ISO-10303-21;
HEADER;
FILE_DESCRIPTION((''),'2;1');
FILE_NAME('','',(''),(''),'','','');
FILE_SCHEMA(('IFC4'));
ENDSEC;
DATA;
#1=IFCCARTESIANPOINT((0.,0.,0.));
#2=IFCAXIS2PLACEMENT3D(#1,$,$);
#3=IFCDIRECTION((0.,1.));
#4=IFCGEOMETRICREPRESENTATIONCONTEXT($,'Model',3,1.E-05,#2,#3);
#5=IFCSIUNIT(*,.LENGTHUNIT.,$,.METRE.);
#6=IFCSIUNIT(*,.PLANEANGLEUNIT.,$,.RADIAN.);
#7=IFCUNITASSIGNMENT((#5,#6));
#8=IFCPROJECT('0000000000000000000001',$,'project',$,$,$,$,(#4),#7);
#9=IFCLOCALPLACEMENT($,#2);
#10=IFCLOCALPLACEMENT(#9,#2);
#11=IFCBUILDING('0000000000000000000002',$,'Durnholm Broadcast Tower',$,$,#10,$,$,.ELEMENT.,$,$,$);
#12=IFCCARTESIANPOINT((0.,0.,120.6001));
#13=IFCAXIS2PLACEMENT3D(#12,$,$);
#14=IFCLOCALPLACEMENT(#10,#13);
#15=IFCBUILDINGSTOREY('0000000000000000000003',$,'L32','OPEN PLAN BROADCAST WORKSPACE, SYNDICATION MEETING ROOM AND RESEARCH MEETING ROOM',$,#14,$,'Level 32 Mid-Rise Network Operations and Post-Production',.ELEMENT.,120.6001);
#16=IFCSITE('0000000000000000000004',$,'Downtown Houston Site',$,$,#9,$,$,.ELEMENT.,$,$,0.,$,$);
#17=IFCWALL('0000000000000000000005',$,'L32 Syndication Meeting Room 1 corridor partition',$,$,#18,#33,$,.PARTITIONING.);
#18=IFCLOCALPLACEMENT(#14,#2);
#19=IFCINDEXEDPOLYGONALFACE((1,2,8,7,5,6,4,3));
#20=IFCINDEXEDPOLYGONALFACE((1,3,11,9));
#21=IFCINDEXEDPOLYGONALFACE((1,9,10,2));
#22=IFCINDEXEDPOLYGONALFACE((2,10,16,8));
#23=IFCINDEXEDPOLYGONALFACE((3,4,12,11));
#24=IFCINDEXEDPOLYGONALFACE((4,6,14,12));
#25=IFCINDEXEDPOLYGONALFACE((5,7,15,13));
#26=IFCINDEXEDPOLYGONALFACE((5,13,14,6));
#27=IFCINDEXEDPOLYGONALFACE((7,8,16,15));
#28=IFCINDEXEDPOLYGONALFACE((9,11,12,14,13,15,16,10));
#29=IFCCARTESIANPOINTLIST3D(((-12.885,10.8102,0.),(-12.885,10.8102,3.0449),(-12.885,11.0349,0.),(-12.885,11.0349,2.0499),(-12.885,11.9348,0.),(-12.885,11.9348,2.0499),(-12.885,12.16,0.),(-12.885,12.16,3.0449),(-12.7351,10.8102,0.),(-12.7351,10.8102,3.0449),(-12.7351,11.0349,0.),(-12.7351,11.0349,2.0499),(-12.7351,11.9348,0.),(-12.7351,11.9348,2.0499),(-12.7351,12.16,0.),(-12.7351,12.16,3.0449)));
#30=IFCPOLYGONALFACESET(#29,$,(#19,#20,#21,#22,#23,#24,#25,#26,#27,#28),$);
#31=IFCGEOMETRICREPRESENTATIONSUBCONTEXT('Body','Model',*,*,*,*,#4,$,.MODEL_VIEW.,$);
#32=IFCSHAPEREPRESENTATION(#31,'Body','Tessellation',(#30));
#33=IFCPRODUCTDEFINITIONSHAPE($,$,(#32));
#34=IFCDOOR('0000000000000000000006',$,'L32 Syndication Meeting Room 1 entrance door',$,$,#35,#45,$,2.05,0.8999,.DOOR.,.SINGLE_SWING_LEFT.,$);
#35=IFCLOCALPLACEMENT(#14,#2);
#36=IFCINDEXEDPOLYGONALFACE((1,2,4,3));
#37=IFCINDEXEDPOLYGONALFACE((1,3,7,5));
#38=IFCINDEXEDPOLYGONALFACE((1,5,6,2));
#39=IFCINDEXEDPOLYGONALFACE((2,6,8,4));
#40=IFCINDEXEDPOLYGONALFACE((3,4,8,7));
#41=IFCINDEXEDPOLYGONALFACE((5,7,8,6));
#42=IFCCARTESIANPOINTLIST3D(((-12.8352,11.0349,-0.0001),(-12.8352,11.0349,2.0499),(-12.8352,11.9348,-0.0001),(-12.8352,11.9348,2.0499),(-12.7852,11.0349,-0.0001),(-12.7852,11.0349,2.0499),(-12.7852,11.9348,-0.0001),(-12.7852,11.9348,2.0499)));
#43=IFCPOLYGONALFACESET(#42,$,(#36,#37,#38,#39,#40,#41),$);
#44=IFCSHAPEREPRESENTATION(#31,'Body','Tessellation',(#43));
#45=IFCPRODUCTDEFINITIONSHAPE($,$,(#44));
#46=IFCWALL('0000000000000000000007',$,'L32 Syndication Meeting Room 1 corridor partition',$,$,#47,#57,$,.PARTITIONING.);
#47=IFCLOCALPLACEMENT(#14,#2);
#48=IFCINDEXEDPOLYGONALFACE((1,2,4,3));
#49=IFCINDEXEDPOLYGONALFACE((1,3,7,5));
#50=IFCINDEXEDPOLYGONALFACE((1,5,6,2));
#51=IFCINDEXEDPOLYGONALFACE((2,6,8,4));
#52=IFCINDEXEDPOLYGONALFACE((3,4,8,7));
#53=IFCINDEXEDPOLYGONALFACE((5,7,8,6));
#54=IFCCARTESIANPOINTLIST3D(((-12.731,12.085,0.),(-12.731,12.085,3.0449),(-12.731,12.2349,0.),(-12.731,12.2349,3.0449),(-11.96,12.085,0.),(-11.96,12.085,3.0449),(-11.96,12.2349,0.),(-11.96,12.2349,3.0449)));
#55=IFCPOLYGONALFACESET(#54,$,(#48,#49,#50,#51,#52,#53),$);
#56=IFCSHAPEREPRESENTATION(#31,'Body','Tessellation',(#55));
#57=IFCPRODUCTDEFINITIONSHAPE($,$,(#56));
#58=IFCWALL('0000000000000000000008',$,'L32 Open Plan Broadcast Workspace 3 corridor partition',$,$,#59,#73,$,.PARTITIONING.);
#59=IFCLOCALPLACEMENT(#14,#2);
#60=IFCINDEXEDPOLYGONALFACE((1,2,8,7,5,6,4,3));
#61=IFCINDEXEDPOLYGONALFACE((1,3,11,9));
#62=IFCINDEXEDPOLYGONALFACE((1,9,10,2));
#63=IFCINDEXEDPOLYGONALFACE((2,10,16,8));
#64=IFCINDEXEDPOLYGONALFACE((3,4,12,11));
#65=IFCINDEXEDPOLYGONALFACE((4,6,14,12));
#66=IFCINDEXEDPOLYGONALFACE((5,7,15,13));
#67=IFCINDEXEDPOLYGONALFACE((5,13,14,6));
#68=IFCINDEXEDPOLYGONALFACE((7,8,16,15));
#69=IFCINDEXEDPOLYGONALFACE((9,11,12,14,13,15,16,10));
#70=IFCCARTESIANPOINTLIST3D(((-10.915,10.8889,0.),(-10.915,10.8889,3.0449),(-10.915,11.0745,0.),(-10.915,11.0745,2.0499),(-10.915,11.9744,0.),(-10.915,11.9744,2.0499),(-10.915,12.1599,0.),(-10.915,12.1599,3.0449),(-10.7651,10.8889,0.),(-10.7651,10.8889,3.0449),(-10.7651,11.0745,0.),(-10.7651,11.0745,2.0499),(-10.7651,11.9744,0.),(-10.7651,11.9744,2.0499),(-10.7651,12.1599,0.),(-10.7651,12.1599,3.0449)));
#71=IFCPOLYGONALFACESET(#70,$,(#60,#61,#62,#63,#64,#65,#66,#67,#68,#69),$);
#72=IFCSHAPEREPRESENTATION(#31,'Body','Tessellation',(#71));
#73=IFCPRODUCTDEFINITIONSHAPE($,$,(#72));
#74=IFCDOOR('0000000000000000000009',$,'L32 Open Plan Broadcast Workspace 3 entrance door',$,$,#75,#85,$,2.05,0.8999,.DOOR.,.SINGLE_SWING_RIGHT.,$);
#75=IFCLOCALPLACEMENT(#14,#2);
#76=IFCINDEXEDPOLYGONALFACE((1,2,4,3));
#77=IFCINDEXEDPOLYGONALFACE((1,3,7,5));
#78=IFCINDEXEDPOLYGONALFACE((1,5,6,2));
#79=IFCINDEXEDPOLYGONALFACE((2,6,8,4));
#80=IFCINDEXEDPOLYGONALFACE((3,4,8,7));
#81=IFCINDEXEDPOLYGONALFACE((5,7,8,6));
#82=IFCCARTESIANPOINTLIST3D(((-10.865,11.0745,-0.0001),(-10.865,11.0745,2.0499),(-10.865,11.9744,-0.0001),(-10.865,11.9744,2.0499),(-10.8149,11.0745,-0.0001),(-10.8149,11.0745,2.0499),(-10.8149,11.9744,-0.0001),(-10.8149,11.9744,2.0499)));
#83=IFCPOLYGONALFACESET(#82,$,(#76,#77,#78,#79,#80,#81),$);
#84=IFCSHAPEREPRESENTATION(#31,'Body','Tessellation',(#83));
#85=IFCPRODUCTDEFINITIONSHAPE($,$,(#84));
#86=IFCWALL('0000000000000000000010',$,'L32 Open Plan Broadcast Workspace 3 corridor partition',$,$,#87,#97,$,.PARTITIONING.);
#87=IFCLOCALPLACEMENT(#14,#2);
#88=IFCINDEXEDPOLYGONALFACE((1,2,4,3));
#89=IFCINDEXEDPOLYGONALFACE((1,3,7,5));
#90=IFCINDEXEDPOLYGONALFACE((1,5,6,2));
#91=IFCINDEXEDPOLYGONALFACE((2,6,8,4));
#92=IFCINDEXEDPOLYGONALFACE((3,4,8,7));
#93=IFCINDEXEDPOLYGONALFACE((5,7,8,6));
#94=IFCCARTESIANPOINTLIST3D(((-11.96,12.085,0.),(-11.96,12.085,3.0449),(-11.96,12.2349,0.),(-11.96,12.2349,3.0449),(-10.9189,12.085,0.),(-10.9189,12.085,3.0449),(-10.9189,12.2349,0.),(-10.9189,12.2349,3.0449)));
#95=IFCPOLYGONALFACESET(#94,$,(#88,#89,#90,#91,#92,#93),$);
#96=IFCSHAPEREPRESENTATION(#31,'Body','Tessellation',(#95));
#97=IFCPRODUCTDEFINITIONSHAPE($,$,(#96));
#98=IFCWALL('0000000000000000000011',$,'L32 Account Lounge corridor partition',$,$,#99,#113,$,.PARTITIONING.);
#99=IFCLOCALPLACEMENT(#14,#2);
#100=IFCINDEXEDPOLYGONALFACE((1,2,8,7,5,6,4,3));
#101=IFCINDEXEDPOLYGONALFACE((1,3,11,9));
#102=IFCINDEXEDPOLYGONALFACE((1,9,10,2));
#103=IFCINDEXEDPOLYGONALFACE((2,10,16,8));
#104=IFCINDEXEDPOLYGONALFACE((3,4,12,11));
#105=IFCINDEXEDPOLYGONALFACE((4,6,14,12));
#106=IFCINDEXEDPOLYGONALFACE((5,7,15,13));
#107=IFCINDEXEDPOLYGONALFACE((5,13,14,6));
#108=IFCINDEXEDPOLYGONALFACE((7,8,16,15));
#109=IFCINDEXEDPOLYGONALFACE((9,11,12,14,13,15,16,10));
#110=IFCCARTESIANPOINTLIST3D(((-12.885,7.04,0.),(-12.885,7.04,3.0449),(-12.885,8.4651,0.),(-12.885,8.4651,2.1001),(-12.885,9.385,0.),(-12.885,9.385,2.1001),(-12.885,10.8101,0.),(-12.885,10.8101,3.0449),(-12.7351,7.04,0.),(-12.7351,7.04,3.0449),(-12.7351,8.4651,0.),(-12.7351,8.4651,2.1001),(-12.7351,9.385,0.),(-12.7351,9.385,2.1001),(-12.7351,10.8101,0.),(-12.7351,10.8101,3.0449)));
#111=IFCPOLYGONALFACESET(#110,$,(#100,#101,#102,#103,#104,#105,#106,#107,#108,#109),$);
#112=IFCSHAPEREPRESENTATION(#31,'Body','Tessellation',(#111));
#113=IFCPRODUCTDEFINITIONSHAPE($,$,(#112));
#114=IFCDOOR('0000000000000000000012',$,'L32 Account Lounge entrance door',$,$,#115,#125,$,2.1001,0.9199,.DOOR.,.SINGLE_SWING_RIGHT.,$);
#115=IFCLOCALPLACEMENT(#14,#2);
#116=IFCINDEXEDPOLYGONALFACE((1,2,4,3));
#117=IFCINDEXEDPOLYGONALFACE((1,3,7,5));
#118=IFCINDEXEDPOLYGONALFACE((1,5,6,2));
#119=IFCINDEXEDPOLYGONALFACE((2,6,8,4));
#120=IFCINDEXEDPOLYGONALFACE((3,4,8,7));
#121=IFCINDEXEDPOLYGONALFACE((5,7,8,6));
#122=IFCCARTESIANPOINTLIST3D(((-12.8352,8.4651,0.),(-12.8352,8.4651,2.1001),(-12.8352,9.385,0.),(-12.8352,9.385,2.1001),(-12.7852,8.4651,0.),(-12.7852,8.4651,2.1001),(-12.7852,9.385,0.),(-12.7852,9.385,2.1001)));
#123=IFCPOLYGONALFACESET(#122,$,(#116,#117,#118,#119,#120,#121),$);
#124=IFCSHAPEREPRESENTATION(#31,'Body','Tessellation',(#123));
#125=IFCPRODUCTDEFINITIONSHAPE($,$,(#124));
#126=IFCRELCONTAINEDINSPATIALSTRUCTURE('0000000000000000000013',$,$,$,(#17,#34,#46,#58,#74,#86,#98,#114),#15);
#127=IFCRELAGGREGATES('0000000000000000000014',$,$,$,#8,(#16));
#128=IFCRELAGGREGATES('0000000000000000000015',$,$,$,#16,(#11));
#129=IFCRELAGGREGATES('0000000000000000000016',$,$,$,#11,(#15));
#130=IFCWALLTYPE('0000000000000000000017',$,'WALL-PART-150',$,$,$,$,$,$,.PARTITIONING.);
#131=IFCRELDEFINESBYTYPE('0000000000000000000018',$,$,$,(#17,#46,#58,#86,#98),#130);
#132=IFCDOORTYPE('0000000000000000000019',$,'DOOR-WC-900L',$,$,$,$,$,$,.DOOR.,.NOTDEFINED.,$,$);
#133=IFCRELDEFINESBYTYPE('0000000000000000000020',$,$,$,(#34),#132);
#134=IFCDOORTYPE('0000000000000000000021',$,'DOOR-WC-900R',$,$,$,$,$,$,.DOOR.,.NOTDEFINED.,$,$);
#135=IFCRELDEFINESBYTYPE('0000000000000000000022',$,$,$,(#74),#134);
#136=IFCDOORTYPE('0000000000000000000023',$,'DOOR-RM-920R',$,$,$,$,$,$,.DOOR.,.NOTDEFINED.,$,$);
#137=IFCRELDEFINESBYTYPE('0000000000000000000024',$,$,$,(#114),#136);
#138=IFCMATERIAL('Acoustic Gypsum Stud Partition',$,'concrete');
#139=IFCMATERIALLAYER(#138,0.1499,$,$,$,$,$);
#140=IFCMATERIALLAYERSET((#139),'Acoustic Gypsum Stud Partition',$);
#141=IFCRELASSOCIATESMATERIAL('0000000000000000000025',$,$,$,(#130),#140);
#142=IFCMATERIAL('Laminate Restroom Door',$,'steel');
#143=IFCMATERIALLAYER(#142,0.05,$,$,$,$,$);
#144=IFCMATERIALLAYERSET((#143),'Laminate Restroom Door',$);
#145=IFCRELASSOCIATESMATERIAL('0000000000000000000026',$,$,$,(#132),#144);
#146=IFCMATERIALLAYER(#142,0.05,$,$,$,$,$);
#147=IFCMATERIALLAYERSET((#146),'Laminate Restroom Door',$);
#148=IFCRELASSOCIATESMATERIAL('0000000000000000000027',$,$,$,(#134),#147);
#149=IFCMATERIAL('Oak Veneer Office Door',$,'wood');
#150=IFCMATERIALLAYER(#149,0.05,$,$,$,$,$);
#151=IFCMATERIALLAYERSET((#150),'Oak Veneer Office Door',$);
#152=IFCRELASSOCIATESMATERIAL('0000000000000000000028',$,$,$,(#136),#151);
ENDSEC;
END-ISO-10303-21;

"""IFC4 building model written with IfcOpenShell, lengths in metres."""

from ifc_helpers import new_model, si_unit, direction, frame, frame_2d, origin, place, context, subcontext, project, spatial, rectangle, extrude, source, transform, mapped, material, layer, layer_set, type_object, type_shapes, element, fill, save


model = new_model("IFC4")

# Units and contexts
model_context = context("Model", 3, precision=1e-05, world=origin(), true_north=direction((0.0, 1.0)))
body_context = subcontext(model_context, "Body", "Model", "MODEL_VIEW")
ifc_project = project(units=[si_unit("LENGTHUNIT", "METRE"), si_unit("PLANEANGLEUNIT", "RADIAN")], contexts=[model_context])

# Site, building, storey
site_placement = place(None, origin())
site = spatial("IfcSite", under=ifc_project, at=site_placement, Name="Downtown Houston Site", CompositionType="ELEMENT", RefElevation=0.0)
building_placement = place(site_placement, origin())
building = spatial("IfcBuilding", under=site, at=building_placement, Name="Durnholm Broadcast Tower", CompositionType="ELEMENT")
storey_placement = place(building_placement, frame((0.0, 0.0, 120.6001)))
storey = spatial("IfcBuildingStorey", under=building, at=storey_placement, Name="L32", Description="OPEN PLAN BROADCAST WORKSPACE, SYNDICATION MEETING ROOM AND RESEARCH MEETING ROOM", LongName="Level 32 Mid-Rise Network Operations and Post-Production", CompositionType="ELEMENT", Elevation=120.6001)

# Wall, opening, door
ifc_material_1 = material(Name="Acoustic Gypsum Stud Partition", Category="concrete")
ifc_layer_1 = layer(ifc_material_1, 0.1499)
ifc_layer_set_1 = layer_set([ifc_layer_1], Name="Acoustic Gypsum Stud Partition")
wall_type_1 = type_object("IfcWallType", Name="WALL-PART-150", PredefinedType="PARTITIONING", material=ifc_layer_set_1)
wall_1_placement = place(storey_placement, frame((-12.8101, 12.1599, 0.0), z_axis=(0.0, 0.0, 1.0), x_axis=(0.0, -1.0, 0.0)))
wall_1 = element("IfcWall", 1, at=wall_1_placement, inside=storey, type_object=wall_type_1, Name="L32 Syndication Meeting Room 1 corridor partition", PredefinedType="PARTITIONING", context=body_context, shape_type="SweptSolid", body=[
    extrude(rectangle(XDim=1.3499, YDim=0.1499, at=frame_2d((0.6748, 0.0))), origin(), (0.0, 0.0, 1.0), 3.0449),
])
opening_1_placement = place(wall_1_placement, frame((0.2251, 0.0, 0.0)))
opening_1 = element("IfcOpeningElement", 2, at=opening_1_placement, cuts=wall_1, PredefinedType="OPENING", context=body_context, shape_type="SweptSolid", body=[
    extrude(rectangle(XDim=0.8999, YDim=2.05, at=frame_2d((0.45, 1.0249))), frame((0.0, 0.085, 0.0), z_axis=(0.0, -1.0, 0.0), x_axis=(1.0, 0.0, 0.0)), (0.0, 0.0, 1.0), 0.1699),
])
ifc_material_2 = material(Name="Laminate Restroom Door", Category="steel")
ifc_layer_2 = layer(ifc_material_2, 0.05)
ifc_layer_set_2 = layer_set([ifc_layer_2], Name="Laminate Restroom Door")
door_type_1 = type_object("IfcDoorType", Name="DOOR-WC-900L", OperationType="NOTDEFINED", PredefinedType="DOOR", material=ifc_layer_set_2)
shared_shape_1 = source(origin(), body_context, "Body", "SweptSolid", [
    extrude(rectangle(XDim=0.8999, YDim=2.05, at=frame_2d((0.45, 1.0249))), frame((0.0, 0.0249, 0.0), z_axis=(0.0, -1.0, 0.0), x_axis=(1.0, 0.0, 0.0)), (0.0, 0.0, 1.0), 0.05),
])
type_shapes(door_type_1, [shared_shape_1])
door_1_placement = place(opening_1_placement, origin())
door_1 = element("IfcDoor", 3, at=door_1_placement, inside=storey, type_object=door_type_1, Name="L32 Syndication Meeting Room 1 entrance door", OperationType="SINGLE_SWING_LEFT", OverallHeight=2.05, OverallWidth=0.8999, PredefinedType="DOOR", context=body_context, shape_type="MappedRepresentation", body=[
    mapped(shared_shape_1, transform((0.0, 0.0, 0.0), x_axis=(1.0, 0.0, 0.0), y_axis=(0.0, 1.0, 0.0), z_axis=(0.0, 0.0, 1.0), scale=1.0)),
])
fill(opening_1, door_1)

# Wall
wall_2_placement = place(storey_placement, frame((-11.96, 12.1599, 0.0), z_axis=(0.0, 0.0, 1.0), x_axis=(-1.0, 0.0, 0.0)))
element("IfcWall", 4, at=wall_2_placement, inside=storey, type_object=wall_type_1, Name="L32 Syndication Meeting Room 1 corridor partition", PredefinedType="PARTITIONING", context=body_context, shape_type="SweptSolid", body=[
    extrude(rectangle(XDim=0.771, YDim=0.1499, at=frame_2d((0.3855, 0.0))), origin(), (0.0, 0.0, 1.0), 3.0449),
])

# Wall, opening, door
wall_3_placement = place(storey_placement, frame((-10.8401, 10.8889, 0.0), z_axis=(0.0, 0.0, 1.0), x_axis=(0.0, 1.0, 0.0)))
wall_3 = element("IfcWall", 5, at=wall_3_placement, inside=storey, type_object=wall_type_1, Name="L32 Open Plan Broadcast Workspace 3 corridor partition", PredefinedType="PARTITIONING", context=body_context, shape_type="SweptSolid", body=[
    extrude(rectangle(XDim=1.271, YDim=0.1499, at=frame_2d((0.6355, 0.0))), origin(), (0.0, 0.0, 1.0), 3.0449),
])
opening_2_placement = place(wall_3_placement, frame((0.1855, 0.0, 0.0)))
opening_2 = element("IfcOpeningElement", 6, at=opening_2_placement, cuts=wall_3, PredefinedType="OPENING", context=body_context, shape_type="SweptSolid", body=[
    extrude(rectangle(XDim=0.8999, YDim=2.05, at=frame_2d((0.45, 1.0249))), frame((0.0, 0.085, 0.0), z_axis=(0.0, -1.0, 0.0), x_axis=(1.0, 0.0, 0.0)), (0.0, 0.0, 1.0), 0.1699),
])
ifc_layer_3 = layer(ifc_material_2, 0.05)
ifc_layer_set_3 = layer_set([ifc_layer_3], Name="Laminate Restroom Door")
door_type_2 = type_object("IfcDoorType", Name="DOOR-WC-900R", OperationType="NOTDEFINED", PredefinedType="DOOR", material=ifc_layer_set_3)
shared_shape_2 = source(origin(), body_context, "Body", "SweptSolid", [
    extrude(rectangle(XDim=0.8999, YDim=2.05, at=frame_2d((0.45, 1.0249))), frame((0.0, 0.0249, 0.0), z_axis=(0.0, -1.0, 0.0), x_axis=(1.0, 0.0, 0.0)), (0.0, 0.0, 1.0), 0.05),
])
type_shapes(door_type_2, [shared_shape_2])
door_2_placement = place(opening_2_placement, origin())
door_2 = element("IfcDoor", 7, at=door_2_placement, inside=storey, type_object=door_type_2, Name="L32 Open Plan Broadcast Workspace 3 entrance door", OperationType="SINGLE_SWING_RIGHT", OverallHeight=2.05, OverallWidth=0.8999, PredefinedType="DOOR", context=body_context, shape_type="MappedRepresentation", body=[
    mapped(shared_shape_2, transform((0.0, 0.0, 0.0), x_axis=(1.0, 0.0, 0.0), y_axis=(0.0, 1.0, 0.0), z_axis=(0.0, 0.0, 1.0), scale=1.0)),
])
fill(opening_2, door_2)

# Wall
wall_4_placement = place(storey_placement, frame((-10.9189, 12.1599, 0.0), z_axis=(0.0, 0.0, 1.0), x_axis=(-1.0, 0.0, 0.0)))
element("IfcWall", 8, at=wall_4_placement, inside=storey, type_object=wall_type_1, Name="L32 Open Plan Broadcast Workspace 3 corridor partition", PredefinedType="PARTITIONING", context=body_context, shape_type="SweptSolid", body=[
    extrude(rectangle(XDim=1.041, YDim=0.1499, at=frame_2d((0.5205, 0.0))), origin(), (0.0, 0.0, 1.0), 3.0449),
])

# Wall, opening, door
wall_5_placement = place(storey_placement, frame((-12.8101, 10.8101, 0.0), z_axis=(0.0, 0.0, 1.0), x_axis=(0.0, -1.0, 0.0)))
wall_5 = element("IfcWall", 9, at=wall_5_placement, inside=storey, type_object=wall_type_1, Name="L32 Account Lounge corridor partition", PredefinedType="PARTITIONING", context=body_context, shape_type="SweptSolid", body=[
    extrude(rectangle(XDim=3.77, YDim=0.1499, at=frame_2d((1.885, 0.0))), origin(), (0.0, 0.0, 1.0), 3.0449),
])
opening_3_placement = place(wall_5_placement, frame((1.425, 0.0, 0.0)))
opening_3 = element("IfcOpeningElement", 10, at=opening_3_placement, cuts=wall_5, PredefinedType="OPENING", context=body_context, shape_type="SweptSolid", body=[
    extrude(rectangle(XDim=0.9199, YDim=2.1001, at=frame_2d((0.46, 1.05))), frame((0.0, 0.085, 0.0), z_axis=(0.0, -1.0, 0.0), x_axis=(1.0, 0.0, 0.0)), (0.0, 0.0, 1.0), 0.1699),
])
ifc_material_3 = material(Name="Oak Veneer Office Door", Category="wood")
ifc_layer_4 = layer(ifc_material_3, 0.05)
ifc_layer_set_4 = layer_set([ifc_layer_4], Name="Oak Veneer Office Door")
door_type_3 = type_object("IfcDoorType", Name="DOOR-RM-920R", OperationType="NOTDEFINED", PredefinedType="DOOR", material=ifc_layer_set_4)
shared_shape_3 = source(origin(), body_context, "Body", "SweptSolid", [
    extrude(rectangle(XDim=0.9199, YDim=2.1001, at=frame_2d((0.46, 1.05))), frame((0.0, 0.0249, 0.0), z_axis=(0.0, -1.0, 0.0), x_axis=(1.0, 0.0, 0.0)), (0.0, 0.0, 1.0), 0.05),
])
type_shapes(door_type_3, [shared_shape_3])
door_3_placement = place(opening_3_placement, origin())
door_3 = element("IfcDoor", 11, at=door_3_placement, inside=storey, type_object=door_type_3, Name="L32 Account Lounge entrance door", OperationType="SINGLE_SWING_RIGHT", OverallHeight=2.1001, OverallWidth=0.9199, PredefinedType="DOOR", context=body_context, shape_type="MappedRepresentation", body=[
    mapped(shared_shape_3, transform((0.0, 0.0, 0.0), x_axis=(1.0, 0.0, 0.0), y_axis=(0.0, 1.0, 0.0), z_axis=(0.0, 0.0, 1.0), scale=1.0)),
])
fill(opening_3, door_3)

save(model, "model.ifc")
